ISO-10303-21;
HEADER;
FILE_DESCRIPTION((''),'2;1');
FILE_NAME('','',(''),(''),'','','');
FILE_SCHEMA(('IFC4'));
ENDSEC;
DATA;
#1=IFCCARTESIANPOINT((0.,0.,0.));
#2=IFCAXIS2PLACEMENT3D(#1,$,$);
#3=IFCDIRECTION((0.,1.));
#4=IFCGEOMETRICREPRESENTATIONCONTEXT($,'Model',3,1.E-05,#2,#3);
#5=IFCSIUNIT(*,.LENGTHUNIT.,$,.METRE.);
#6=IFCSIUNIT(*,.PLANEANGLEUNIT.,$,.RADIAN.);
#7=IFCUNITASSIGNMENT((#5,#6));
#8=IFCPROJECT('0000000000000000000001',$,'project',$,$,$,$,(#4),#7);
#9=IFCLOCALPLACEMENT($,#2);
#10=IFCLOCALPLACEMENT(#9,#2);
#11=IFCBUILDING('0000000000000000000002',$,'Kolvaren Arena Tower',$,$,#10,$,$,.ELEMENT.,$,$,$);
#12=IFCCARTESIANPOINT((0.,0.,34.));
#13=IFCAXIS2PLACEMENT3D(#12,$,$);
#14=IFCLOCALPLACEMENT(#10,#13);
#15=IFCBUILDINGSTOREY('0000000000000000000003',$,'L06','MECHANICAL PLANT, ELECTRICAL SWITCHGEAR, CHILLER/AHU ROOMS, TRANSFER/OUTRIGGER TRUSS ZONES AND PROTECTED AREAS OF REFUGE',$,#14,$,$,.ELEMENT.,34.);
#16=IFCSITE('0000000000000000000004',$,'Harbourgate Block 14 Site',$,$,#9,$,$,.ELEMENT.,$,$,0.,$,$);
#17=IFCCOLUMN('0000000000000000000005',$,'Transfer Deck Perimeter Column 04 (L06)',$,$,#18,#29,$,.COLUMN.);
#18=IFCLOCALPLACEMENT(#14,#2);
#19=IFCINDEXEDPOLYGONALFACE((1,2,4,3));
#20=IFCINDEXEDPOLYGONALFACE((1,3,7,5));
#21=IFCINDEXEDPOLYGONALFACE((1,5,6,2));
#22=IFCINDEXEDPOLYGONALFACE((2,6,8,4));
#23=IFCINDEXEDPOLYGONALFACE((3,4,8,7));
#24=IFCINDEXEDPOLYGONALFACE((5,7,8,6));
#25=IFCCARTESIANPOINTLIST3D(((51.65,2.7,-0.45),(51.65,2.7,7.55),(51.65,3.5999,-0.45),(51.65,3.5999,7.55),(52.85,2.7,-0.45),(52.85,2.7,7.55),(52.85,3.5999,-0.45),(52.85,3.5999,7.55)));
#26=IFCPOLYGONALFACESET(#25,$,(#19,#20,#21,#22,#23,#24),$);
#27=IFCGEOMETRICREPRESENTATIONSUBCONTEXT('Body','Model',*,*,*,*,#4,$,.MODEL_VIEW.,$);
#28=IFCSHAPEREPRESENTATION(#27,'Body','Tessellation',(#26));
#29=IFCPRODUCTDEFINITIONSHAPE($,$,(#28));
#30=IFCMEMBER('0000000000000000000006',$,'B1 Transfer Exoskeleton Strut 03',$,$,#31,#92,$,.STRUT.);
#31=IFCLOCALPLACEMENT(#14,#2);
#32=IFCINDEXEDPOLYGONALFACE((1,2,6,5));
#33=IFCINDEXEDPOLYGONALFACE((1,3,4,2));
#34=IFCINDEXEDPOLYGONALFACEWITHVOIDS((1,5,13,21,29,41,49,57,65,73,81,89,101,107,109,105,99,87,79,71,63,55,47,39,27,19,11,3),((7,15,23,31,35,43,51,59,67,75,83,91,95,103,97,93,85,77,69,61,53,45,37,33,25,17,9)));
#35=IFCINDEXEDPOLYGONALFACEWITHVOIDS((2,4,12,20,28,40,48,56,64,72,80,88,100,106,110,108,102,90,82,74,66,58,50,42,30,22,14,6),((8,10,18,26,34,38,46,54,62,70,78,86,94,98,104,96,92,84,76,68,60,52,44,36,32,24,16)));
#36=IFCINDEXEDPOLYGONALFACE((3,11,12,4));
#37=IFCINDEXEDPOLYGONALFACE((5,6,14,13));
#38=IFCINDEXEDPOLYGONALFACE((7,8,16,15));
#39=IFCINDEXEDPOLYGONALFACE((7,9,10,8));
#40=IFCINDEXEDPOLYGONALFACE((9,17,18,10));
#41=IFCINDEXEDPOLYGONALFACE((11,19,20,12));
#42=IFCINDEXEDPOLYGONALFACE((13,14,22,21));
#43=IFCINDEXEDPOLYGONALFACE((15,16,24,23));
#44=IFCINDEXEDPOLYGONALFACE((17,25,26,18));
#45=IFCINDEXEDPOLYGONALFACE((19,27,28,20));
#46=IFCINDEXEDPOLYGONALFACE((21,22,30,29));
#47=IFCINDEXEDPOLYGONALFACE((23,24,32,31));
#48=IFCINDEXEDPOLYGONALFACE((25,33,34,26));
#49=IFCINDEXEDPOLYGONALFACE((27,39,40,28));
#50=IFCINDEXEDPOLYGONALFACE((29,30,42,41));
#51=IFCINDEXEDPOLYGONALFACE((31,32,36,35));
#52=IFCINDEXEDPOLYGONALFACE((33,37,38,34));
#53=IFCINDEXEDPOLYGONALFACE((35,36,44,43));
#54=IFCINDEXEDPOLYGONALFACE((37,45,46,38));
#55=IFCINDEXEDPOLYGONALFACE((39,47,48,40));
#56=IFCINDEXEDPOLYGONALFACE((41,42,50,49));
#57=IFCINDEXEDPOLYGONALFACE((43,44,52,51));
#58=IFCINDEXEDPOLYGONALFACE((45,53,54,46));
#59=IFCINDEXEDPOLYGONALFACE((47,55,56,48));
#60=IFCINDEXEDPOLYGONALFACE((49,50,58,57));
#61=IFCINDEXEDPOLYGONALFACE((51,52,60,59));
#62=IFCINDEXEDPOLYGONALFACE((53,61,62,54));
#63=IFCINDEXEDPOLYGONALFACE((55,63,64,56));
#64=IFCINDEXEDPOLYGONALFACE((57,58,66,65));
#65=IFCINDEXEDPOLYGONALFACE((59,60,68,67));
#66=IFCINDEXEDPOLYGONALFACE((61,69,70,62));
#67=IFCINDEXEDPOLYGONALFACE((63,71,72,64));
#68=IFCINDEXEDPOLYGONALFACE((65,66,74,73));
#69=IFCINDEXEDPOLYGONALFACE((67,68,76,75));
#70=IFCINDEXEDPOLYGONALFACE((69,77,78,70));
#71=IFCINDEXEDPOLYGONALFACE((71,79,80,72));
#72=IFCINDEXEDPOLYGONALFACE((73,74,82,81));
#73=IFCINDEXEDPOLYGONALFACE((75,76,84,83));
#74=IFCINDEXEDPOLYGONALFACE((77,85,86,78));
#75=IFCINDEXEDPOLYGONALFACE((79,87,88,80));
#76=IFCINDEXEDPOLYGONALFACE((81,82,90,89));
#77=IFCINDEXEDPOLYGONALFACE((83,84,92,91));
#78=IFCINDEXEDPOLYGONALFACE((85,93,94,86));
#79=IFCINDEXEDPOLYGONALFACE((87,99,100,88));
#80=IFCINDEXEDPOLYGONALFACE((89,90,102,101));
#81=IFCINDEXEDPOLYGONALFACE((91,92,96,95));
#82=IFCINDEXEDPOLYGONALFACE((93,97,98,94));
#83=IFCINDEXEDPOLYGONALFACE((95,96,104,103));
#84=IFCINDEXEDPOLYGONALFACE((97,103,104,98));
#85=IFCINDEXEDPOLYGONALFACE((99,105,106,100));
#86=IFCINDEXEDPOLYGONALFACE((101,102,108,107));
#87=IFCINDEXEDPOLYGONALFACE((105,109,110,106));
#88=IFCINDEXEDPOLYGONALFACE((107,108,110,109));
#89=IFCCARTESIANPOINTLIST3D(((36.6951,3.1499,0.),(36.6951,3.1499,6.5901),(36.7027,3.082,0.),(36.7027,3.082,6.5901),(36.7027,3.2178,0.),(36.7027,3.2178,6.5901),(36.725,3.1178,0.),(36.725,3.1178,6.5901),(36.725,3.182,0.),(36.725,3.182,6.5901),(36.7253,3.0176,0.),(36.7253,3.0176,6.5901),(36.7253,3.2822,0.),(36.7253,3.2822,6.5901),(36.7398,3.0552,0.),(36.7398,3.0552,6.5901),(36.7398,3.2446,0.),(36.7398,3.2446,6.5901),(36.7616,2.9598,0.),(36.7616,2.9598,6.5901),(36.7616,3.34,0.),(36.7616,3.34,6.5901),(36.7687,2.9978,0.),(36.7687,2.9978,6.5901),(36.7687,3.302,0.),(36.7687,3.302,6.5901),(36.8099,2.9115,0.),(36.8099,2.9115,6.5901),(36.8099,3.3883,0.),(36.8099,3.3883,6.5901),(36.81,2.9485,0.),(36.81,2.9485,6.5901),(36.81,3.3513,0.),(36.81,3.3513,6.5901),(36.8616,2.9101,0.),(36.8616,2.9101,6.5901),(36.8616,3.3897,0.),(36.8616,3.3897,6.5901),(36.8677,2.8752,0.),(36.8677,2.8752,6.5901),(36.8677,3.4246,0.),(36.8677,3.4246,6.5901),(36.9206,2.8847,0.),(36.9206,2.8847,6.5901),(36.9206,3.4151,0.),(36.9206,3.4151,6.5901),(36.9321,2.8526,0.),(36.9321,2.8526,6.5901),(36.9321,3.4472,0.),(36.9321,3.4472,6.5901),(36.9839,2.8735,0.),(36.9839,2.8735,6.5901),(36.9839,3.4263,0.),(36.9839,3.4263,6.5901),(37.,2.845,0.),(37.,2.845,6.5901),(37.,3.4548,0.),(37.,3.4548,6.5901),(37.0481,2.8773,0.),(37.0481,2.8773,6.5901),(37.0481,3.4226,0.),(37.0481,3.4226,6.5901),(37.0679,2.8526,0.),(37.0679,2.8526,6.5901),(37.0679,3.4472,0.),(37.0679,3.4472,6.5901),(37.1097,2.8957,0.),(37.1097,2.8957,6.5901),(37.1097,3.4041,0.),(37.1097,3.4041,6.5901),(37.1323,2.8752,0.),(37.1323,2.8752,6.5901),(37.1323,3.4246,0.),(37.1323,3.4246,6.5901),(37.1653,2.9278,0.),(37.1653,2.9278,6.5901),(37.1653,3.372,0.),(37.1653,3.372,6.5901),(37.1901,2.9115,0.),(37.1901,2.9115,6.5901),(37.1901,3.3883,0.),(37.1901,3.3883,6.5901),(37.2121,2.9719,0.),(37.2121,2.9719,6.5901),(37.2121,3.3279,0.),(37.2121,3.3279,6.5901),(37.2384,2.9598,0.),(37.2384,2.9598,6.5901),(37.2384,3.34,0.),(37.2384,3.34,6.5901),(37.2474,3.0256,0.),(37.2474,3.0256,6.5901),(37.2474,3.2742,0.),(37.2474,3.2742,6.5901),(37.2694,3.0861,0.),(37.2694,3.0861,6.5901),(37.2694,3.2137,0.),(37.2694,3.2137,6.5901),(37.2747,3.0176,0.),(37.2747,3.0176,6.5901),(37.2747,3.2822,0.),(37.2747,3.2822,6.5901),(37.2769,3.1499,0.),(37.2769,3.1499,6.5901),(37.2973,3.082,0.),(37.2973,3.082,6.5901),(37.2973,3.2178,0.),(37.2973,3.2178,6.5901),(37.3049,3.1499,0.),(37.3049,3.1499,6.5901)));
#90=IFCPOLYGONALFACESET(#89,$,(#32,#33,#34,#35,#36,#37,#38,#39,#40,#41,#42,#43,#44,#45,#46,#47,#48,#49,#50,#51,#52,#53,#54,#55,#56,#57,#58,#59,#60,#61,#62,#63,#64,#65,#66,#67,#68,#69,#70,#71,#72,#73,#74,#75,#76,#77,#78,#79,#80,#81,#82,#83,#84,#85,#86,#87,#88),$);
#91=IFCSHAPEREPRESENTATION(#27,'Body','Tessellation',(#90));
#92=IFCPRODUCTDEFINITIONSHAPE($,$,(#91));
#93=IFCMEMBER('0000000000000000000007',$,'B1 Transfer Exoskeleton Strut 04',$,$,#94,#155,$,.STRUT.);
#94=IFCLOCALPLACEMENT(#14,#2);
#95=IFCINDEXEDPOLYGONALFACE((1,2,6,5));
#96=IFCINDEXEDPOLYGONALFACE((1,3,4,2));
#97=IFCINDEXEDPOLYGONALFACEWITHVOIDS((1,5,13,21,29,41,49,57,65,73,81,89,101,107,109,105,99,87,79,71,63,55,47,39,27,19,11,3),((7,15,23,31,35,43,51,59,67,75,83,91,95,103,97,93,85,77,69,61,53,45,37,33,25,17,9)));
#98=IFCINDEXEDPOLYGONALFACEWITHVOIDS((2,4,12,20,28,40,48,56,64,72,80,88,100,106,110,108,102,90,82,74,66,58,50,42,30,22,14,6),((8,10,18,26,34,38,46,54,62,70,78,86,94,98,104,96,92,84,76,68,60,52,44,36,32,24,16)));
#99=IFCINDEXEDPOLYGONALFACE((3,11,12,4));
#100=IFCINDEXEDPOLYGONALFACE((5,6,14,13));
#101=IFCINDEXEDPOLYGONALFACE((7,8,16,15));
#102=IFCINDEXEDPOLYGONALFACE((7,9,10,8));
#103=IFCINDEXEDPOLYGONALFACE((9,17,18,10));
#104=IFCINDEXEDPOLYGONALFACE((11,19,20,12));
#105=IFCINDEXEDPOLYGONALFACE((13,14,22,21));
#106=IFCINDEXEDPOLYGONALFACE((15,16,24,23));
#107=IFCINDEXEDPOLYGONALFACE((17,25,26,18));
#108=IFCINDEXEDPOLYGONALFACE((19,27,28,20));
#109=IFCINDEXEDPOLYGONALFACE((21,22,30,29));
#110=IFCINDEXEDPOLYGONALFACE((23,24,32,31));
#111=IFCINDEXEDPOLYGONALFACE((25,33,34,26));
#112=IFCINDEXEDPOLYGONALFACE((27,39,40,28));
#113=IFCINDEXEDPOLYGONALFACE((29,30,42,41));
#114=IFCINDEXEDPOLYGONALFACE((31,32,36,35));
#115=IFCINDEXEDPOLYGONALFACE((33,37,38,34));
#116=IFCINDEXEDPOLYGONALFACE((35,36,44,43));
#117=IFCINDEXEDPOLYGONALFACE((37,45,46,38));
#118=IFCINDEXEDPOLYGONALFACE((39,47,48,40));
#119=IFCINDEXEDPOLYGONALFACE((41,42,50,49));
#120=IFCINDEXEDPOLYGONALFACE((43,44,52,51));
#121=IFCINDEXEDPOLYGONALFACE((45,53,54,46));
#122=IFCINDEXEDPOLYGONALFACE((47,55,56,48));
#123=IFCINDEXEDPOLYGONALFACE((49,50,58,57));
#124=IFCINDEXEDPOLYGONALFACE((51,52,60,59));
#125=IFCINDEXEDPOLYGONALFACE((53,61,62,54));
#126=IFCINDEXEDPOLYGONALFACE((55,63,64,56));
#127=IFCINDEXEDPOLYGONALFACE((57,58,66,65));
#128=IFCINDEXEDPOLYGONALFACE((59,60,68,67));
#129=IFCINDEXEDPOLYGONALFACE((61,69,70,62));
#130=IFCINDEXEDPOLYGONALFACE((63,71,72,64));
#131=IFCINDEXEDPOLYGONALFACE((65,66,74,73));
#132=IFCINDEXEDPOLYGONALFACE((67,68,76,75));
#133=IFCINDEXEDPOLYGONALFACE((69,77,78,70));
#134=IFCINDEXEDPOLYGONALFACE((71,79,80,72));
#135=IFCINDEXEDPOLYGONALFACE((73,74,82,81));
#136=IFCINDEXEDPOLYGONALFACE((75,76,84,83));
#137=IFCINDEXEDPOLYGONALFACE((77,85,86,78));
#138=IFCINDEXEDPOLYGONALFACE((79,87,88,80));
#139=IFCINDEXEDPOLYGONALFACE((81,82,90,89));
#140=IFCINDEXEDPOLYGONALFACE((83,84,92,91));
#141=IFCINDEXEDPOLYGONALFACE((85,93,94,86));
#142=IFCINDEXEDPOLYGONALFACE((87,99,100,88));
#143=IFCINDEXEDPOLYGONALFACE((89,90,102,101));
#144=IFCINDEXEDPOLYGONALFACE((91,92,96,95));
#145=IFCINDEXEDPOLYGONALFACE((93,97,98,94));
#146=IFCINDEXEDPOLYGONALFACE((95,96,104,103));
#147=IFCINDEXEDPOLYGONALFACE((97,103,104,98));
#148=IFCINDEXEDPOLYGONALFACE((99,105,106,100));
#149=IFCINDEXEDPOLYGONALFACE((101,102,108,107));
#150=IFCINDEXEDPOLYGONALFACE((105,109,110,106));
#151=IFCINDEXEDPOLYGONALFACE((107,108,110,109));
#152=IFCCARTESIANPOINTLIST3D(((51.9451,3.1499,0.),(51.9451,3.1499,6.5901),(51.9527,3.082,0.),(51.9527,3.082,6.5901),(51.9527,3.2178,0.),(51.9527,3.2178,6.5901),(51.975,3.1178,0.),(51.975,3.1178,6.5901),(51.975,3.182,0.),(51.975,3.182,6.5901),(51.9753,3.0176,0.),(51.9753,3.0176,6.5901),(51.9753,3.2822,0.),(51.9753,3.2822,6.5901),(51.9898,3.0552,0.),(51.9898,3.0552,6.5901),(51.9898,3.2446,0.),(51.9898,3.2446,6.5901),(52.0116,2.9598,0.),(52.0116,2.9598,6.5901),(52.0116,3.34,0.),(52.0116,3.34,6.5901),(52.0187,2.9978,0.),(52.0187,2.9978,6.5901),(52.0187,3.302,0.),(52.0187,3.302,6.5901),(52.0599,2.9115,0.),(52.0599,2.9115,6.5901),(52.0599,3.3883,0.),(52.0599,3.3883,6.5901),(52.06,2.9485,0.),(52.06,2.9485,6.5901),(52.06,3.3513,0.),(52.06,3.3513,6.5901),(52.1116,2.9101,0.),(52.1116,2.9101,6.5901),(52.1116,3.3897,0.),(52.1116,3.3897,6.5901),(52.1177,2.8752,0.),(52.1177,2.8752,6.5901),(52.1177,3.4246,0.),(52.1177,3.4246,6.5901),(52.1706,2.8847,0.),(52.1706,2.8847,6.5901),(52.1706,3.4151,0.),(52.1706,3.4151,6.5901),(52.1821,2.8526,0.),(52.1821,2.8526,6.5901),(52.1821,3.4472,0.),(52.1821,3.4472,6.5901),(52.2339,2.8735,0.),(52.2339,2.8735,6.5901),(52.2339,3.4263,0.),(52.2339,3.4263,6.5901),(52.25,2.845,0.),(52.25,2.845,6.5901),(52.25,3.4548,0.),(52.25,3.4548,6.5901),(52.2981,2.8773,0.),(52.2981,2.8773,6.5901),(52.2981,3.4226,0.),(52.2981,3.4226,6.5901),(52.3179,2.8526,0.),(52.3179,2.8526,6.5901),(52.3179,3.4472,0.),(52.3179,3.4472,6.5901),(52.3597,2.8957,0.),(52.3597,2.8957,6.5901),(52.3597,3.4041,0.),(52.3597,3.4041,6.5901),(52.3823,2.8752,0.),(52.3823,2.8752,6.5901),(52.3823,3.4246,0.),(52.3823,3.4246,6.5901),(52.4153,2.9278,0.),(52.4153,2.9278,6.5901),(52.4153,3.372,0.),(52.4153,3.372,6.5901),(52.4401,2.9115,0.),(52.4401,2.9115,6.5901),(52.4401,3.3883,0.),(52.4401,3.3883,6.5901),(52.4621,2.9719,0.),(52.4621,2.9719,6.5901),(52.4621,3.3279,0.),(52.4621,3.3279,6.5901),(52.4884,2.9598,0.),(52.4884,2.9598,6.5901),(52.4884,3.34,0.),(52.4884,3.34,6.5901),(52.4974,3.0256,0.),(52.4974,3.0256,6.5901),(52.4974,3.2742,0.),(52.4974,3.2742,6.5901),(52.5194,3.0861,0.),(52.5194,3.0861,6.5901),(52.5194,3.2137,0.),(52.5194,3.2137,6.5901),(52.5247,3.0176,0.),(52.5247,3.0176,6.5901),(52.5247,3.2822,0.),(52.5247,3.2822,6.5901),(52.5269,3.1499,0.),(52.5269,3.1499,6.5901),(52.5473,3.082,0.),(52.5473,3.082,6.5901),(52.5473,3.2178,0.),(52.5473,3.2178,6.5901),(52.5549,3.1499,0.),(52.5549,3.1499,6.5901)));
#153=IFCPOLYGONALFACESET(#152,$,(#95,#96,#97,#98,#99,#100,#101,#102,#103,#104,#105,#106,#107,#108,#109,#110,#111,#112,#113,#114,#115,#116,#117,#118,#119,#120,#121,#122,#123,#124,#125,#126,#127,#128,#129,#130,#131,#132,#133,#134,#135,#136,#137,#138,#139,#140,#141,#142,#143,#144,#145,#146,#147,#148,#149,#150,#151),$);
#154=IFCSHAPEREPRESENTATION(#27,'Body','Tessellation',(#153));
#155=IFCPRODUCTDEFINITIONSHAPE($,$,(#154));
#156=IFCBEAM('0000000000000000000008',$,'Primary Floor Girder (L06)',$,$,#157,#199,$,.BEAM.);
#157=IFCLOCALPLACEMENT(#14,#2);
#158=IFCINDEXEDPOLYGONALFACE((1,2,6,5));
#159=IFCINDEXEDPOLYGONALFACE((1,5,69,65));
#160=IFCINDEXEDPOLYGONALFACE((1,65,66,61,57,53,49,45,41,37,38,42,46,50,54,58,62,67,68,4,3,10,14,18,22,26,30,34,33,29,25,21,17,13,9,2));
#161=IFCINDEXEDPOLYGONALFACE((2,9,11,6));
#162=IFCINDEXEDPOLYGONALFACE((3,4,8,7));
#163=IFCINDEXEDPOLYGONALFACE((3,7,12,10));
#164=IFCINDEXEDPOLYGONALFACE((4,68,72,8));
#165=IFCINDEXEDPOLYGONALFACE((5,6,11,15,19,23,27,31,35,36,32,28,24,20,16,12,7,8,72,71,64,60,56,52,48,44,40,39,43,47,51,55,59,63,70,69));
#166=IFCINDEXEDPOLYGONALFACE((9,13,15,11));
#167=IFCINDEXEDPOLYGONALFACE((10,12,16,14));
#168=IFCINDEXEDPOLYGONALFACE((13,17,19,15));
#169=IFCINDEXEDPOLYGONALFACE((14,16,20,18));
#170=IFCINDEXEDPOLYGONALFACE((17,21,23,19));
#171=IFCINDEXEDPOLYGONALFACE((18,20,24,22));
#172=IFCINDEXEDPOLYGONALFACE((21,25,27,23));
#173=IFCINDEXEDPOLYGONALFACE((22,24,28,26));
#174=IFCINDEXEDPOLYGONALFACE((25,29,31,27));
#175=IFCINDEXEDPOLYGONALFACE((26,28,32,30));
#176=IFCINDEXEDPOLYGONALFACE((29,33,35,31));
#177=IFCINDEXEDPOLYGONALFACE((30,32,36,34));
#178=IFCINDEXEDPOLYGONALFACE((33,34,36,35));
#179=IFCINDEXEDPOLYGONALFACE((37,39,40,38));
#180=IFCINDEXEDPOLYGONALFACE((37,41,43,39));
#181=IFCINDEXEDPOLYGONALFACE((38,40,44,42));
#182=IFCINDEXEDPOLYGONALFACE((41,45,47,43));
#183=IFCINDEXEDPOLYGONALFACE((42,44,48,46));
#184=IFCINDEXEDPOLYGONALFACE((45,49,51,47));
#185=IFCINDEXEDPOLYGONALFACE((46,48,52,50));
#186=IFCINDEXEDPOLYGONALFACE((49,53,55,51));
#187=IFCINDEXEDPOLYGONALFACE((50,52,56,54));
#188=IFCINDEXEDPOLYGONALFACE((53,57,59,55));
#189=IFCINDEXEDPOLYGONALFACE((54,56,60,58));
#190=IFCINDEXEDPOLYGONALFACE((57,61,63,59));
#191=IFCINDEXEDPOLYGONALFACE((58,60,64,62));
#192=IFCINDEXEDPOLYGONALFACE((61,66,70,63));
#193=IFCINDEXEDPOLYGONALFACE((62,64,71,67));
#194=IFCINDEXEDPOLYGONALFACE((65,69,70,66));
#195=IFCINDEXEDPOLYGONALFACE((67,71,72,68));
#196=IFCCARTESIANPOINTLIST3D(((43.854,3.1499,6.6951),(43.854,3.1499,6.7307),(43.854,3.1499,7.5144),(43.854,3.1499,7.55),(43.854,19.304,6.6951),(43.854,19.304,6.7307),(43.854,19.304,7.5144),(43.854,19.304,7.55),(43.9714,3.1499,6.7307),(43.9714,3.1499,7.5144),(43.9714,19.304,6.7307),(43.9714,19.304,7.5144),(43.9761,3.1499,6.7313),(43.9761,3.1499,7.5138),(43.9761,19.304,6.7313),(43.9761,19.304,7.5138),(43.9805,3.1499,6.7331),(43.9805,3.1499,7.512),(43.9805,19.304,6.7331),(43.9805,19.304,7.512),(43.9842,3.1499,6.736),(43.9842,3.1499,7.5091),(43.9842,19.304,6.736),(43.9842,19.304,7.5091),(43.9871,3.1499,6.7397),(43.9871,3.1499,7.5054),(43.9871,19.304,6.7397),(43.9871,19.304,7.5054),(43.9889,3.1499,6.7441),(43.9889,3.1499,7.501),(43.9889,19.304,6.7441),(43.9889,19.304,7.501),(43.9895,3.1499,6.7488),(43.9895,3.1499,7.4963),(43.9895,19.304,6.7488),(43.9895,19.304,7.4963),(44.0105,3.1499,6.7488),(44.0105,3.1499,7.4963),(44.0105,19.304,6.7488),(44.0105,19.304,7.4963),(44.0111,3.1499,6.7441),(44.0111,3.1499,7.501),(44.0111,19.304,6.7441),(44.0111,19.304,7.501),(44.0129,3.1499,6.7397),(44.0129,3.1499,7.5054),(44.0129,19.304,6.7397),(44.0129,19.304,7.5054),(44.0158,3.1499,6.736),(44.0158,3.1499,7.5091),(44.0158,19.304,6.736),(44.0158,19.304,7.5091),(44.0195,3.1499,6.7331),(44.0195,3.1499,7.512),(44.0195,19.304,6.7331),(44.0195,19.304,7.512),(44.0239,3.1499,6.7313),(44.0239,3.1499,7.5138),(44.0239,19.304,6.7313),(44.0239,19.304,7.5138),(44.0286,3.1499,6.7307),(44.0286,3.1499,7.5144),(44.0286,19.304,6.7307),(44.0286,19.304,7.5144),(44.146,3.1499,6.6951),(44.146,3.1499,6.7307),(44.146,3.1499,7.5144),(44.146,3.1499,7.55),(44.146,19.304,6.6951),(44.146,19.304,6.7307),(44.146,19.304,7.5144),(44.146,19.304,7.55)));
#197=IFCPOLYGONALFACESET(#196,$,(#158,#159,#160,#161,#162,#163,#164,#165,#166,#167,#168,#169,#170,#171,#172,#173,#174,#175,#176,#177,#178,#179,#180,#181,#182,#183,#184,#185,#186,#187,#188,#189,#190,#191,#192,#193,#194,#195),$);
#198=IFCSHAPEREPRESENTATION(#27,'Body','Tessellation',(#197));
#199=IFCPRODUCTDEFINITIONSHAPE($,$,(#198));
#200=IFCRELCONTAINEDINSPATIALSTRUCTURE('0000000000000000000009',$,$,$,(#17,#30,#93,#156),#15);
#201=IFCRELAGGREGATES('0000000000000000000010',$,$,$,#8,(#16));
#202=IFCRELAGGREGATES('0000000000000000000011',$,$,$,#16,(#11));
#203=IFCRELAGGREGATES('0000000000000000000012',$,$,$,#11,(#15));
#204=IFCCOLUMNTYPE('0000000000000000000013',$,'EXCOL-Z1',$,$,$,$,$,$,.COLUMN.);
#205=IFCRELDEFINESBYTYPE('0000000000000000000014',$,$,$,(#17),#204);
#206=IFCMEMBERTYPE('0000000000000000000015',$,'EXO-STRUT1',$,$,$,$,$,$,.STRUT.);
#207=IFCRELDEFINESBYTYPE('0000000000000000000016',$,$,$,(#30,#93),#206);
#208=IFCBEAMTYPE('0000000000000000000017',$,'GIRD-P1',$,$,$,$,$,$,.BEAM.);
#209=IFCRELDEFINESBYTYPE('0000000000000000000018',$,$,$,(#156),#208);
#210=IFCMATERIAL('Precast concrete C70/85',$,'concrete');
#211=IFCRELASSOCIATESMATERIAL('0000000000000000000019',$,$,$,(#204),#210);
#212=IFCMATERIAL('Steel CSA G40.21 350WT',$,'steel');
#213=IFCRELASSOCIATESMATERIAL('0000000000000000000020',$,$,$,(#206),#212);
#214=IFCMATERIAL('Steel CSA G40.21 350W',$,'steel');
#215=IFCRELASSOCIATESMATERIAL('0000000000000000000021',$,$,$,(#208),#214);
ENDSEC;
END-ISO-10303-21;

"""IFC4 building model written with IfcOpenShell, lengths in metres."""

from ifc_helpers import new_model, si_unit, direction, frame, origin, origin_2d, place, context, subcontext, project, spatial, rectangle, hollow_circle, i_section, extrude, material, material_profile, profile_set, type_object, element, save


model = new_model("IFC4")

# Units and contexts
model_context = context("Model", 3, precision=1e-05, world=origin(), true_north=direction((0.0, 1.0)))
body_context = subcontext(model_context, "Body", "Model", "MODEL_VIEW")
ifc_project = project(units=[si_unit("LENGTHUNIT", "METRE"), si_unit("PLANEANGLEUNIT", "RADIAN")], contexts=[model_context])

# Site, building, storey
site_placement = place(None, origin())
site = spatial("IfcSite", under=ifc_project, at=site_placement, Name="Harbourgate Block 14 Site", CompositionType="ELEMENT", RefElevation=0.0)
building_placement = place(site_placement, origin())
building = spatial("IfcBuilding", under=site, at=building_placement, Name="Kolvaren Arena Tower", CompositionType="ELEMENT")
storey_placement = place(building_placement, frame((0.0, 0.0, 34.0)))
storey = spatial("IfcBuildingStorey", under=building, at=storey_placement, Name="L06", Description="MECHANICAL PLANT, ELECTRICAL SWITCHGEAR, CHILLER/AHU ROOMS, TRANSFER/OUTRIGGER TRUSS ZONES AND PROTECTED AREAS OF REFUGE", CompositionType="ELEMENT", Elevation=34.0)

# Column
ifc_material_1 = material(Name="Precast concrete C70/85", Category="concrete")
ifc_material_profile_1 = material_profile(ifc_material_1, rectangle(XDim=1.2, YDim=0.8999, at=origin_2d()), Name="RC-1200x900")
ifc_profile_set_1 = profile_set([ifc_material_profile_1], Name="Precast concrete C70/85")
column_type = type_object("IfcColumnType", Name="EXCOL-Z1", PredefinedType="COLUMN", material=ifc_profile_set_1)
column_placement = place(storey_placement, frame((52.25, 3.1499, -0.45), z_axis=(0.0, 0.0, 1.0), x_axis=(1.0, 0.0, 0.0)))
element("IfcColumn", 1, at=column_placement, inside=storey, type_object=column_type, Name="Transfer Deck Perimeter Column 04 (L06)", PredefinedType="COLUMN", context=body_context, shape_type="SweptSolid", body=[
    extrude(rectangle(XDim=1.2, YDim=0.8999, at=origin_2d()), origin(), (0.0, 0.0, 1.0), 8.0),
])

# Members
ifc_material_2 = material(Name="Steel CSA G40.21 350WT", Category="steel")
ifc_material_profile_2 = material_profile(ifc_material_2, hollow_circle(Radius=0.3049, WallThickness=0.0281, at=origin_2d()), Name="CHS 610x28")
ifc_profile_set_2 = profile_set([ifc_material_profile_2], Name="Steel CSA G40.21 350WT")
member_type = type_object("IfcMemberType", Name="EXO-STRUT1", PredefinedType="STRUT", material=ifc_profile_set_2)
for number, where, z_axis, x_axis, name in (
    (2, (37.0, 3.1499, 0.0), (0.0, 0.0, 1.0), (1.0, 0.0, 0.0), "B1 Transfer Exoskeleton Strut 03"),
    (3, (52.25, 3.1499, 0.0), (0.0, 0.0, 1.0), (1.0, 0.0, 0.0), "B1 Transfer Exoskeleton Strut 04"),
):
    element("IfcMember", number, at=place(storey_placement, frame(where, z_axis=z_axis, x_axis=x_axis)), inside=storey, type_object=member_type, Name=name, PredefinedType="STRUT", context=body_context, shape_type="SweptSolid", body=[
        extrude(hollow_circle(Radius=0.3049, WallThickness=0.0281, at=origin_2d()), origin(), (0.0, 0.0, 1.0), 6.5901),
    ])

# Beam
ifc_material_3 = material(Name="Steel CSA G40.21 350W", Category="steel")
ifc_material_profile_3 = material_profile(ifc_material_3, i_section(OverallWidth=0.292, OverallDepth=0.855, WebThickness=0.021, FlangeThickness=0.0356, FilletRadius=0.0181, at=origin_2d()), Name="W840x299")
ifc_profile_set_3 = profile_set([ifc_material_profile_3], Name="Steel CSA G40.21 350W")
beam_type_1 = type_object("IfcBeamType", Name="GIRD-P1", PredefinedType="BEAM", material=ifc_profile_set_3)
beam_1_placement = place(storey_placement, frame((44.0, 3.1499, 7.1226), z_axis=(0.0, 1.0, 0.0), x_axis=(-1.0, 0.0, 0.0)))
element("IfcBeam", 4, at=beam_1_placement, inside=storey, type_object=beam_type_1, Name="Primary Floor Girder (L06)", PredefinedType="BEAM", context=body_context, shape_type="SweptSolid", body=[
    extrude(i_section(OverallWidth=0.292, OverallDepth=0.855, WebThickness=0.021, FlangeThickness=0.0356, FilletRadius=0.0181, at=origin_2d()), origin(), (0.0, 0.0, 1.0), 16.1541),
])

save(model, "model.ifc")
